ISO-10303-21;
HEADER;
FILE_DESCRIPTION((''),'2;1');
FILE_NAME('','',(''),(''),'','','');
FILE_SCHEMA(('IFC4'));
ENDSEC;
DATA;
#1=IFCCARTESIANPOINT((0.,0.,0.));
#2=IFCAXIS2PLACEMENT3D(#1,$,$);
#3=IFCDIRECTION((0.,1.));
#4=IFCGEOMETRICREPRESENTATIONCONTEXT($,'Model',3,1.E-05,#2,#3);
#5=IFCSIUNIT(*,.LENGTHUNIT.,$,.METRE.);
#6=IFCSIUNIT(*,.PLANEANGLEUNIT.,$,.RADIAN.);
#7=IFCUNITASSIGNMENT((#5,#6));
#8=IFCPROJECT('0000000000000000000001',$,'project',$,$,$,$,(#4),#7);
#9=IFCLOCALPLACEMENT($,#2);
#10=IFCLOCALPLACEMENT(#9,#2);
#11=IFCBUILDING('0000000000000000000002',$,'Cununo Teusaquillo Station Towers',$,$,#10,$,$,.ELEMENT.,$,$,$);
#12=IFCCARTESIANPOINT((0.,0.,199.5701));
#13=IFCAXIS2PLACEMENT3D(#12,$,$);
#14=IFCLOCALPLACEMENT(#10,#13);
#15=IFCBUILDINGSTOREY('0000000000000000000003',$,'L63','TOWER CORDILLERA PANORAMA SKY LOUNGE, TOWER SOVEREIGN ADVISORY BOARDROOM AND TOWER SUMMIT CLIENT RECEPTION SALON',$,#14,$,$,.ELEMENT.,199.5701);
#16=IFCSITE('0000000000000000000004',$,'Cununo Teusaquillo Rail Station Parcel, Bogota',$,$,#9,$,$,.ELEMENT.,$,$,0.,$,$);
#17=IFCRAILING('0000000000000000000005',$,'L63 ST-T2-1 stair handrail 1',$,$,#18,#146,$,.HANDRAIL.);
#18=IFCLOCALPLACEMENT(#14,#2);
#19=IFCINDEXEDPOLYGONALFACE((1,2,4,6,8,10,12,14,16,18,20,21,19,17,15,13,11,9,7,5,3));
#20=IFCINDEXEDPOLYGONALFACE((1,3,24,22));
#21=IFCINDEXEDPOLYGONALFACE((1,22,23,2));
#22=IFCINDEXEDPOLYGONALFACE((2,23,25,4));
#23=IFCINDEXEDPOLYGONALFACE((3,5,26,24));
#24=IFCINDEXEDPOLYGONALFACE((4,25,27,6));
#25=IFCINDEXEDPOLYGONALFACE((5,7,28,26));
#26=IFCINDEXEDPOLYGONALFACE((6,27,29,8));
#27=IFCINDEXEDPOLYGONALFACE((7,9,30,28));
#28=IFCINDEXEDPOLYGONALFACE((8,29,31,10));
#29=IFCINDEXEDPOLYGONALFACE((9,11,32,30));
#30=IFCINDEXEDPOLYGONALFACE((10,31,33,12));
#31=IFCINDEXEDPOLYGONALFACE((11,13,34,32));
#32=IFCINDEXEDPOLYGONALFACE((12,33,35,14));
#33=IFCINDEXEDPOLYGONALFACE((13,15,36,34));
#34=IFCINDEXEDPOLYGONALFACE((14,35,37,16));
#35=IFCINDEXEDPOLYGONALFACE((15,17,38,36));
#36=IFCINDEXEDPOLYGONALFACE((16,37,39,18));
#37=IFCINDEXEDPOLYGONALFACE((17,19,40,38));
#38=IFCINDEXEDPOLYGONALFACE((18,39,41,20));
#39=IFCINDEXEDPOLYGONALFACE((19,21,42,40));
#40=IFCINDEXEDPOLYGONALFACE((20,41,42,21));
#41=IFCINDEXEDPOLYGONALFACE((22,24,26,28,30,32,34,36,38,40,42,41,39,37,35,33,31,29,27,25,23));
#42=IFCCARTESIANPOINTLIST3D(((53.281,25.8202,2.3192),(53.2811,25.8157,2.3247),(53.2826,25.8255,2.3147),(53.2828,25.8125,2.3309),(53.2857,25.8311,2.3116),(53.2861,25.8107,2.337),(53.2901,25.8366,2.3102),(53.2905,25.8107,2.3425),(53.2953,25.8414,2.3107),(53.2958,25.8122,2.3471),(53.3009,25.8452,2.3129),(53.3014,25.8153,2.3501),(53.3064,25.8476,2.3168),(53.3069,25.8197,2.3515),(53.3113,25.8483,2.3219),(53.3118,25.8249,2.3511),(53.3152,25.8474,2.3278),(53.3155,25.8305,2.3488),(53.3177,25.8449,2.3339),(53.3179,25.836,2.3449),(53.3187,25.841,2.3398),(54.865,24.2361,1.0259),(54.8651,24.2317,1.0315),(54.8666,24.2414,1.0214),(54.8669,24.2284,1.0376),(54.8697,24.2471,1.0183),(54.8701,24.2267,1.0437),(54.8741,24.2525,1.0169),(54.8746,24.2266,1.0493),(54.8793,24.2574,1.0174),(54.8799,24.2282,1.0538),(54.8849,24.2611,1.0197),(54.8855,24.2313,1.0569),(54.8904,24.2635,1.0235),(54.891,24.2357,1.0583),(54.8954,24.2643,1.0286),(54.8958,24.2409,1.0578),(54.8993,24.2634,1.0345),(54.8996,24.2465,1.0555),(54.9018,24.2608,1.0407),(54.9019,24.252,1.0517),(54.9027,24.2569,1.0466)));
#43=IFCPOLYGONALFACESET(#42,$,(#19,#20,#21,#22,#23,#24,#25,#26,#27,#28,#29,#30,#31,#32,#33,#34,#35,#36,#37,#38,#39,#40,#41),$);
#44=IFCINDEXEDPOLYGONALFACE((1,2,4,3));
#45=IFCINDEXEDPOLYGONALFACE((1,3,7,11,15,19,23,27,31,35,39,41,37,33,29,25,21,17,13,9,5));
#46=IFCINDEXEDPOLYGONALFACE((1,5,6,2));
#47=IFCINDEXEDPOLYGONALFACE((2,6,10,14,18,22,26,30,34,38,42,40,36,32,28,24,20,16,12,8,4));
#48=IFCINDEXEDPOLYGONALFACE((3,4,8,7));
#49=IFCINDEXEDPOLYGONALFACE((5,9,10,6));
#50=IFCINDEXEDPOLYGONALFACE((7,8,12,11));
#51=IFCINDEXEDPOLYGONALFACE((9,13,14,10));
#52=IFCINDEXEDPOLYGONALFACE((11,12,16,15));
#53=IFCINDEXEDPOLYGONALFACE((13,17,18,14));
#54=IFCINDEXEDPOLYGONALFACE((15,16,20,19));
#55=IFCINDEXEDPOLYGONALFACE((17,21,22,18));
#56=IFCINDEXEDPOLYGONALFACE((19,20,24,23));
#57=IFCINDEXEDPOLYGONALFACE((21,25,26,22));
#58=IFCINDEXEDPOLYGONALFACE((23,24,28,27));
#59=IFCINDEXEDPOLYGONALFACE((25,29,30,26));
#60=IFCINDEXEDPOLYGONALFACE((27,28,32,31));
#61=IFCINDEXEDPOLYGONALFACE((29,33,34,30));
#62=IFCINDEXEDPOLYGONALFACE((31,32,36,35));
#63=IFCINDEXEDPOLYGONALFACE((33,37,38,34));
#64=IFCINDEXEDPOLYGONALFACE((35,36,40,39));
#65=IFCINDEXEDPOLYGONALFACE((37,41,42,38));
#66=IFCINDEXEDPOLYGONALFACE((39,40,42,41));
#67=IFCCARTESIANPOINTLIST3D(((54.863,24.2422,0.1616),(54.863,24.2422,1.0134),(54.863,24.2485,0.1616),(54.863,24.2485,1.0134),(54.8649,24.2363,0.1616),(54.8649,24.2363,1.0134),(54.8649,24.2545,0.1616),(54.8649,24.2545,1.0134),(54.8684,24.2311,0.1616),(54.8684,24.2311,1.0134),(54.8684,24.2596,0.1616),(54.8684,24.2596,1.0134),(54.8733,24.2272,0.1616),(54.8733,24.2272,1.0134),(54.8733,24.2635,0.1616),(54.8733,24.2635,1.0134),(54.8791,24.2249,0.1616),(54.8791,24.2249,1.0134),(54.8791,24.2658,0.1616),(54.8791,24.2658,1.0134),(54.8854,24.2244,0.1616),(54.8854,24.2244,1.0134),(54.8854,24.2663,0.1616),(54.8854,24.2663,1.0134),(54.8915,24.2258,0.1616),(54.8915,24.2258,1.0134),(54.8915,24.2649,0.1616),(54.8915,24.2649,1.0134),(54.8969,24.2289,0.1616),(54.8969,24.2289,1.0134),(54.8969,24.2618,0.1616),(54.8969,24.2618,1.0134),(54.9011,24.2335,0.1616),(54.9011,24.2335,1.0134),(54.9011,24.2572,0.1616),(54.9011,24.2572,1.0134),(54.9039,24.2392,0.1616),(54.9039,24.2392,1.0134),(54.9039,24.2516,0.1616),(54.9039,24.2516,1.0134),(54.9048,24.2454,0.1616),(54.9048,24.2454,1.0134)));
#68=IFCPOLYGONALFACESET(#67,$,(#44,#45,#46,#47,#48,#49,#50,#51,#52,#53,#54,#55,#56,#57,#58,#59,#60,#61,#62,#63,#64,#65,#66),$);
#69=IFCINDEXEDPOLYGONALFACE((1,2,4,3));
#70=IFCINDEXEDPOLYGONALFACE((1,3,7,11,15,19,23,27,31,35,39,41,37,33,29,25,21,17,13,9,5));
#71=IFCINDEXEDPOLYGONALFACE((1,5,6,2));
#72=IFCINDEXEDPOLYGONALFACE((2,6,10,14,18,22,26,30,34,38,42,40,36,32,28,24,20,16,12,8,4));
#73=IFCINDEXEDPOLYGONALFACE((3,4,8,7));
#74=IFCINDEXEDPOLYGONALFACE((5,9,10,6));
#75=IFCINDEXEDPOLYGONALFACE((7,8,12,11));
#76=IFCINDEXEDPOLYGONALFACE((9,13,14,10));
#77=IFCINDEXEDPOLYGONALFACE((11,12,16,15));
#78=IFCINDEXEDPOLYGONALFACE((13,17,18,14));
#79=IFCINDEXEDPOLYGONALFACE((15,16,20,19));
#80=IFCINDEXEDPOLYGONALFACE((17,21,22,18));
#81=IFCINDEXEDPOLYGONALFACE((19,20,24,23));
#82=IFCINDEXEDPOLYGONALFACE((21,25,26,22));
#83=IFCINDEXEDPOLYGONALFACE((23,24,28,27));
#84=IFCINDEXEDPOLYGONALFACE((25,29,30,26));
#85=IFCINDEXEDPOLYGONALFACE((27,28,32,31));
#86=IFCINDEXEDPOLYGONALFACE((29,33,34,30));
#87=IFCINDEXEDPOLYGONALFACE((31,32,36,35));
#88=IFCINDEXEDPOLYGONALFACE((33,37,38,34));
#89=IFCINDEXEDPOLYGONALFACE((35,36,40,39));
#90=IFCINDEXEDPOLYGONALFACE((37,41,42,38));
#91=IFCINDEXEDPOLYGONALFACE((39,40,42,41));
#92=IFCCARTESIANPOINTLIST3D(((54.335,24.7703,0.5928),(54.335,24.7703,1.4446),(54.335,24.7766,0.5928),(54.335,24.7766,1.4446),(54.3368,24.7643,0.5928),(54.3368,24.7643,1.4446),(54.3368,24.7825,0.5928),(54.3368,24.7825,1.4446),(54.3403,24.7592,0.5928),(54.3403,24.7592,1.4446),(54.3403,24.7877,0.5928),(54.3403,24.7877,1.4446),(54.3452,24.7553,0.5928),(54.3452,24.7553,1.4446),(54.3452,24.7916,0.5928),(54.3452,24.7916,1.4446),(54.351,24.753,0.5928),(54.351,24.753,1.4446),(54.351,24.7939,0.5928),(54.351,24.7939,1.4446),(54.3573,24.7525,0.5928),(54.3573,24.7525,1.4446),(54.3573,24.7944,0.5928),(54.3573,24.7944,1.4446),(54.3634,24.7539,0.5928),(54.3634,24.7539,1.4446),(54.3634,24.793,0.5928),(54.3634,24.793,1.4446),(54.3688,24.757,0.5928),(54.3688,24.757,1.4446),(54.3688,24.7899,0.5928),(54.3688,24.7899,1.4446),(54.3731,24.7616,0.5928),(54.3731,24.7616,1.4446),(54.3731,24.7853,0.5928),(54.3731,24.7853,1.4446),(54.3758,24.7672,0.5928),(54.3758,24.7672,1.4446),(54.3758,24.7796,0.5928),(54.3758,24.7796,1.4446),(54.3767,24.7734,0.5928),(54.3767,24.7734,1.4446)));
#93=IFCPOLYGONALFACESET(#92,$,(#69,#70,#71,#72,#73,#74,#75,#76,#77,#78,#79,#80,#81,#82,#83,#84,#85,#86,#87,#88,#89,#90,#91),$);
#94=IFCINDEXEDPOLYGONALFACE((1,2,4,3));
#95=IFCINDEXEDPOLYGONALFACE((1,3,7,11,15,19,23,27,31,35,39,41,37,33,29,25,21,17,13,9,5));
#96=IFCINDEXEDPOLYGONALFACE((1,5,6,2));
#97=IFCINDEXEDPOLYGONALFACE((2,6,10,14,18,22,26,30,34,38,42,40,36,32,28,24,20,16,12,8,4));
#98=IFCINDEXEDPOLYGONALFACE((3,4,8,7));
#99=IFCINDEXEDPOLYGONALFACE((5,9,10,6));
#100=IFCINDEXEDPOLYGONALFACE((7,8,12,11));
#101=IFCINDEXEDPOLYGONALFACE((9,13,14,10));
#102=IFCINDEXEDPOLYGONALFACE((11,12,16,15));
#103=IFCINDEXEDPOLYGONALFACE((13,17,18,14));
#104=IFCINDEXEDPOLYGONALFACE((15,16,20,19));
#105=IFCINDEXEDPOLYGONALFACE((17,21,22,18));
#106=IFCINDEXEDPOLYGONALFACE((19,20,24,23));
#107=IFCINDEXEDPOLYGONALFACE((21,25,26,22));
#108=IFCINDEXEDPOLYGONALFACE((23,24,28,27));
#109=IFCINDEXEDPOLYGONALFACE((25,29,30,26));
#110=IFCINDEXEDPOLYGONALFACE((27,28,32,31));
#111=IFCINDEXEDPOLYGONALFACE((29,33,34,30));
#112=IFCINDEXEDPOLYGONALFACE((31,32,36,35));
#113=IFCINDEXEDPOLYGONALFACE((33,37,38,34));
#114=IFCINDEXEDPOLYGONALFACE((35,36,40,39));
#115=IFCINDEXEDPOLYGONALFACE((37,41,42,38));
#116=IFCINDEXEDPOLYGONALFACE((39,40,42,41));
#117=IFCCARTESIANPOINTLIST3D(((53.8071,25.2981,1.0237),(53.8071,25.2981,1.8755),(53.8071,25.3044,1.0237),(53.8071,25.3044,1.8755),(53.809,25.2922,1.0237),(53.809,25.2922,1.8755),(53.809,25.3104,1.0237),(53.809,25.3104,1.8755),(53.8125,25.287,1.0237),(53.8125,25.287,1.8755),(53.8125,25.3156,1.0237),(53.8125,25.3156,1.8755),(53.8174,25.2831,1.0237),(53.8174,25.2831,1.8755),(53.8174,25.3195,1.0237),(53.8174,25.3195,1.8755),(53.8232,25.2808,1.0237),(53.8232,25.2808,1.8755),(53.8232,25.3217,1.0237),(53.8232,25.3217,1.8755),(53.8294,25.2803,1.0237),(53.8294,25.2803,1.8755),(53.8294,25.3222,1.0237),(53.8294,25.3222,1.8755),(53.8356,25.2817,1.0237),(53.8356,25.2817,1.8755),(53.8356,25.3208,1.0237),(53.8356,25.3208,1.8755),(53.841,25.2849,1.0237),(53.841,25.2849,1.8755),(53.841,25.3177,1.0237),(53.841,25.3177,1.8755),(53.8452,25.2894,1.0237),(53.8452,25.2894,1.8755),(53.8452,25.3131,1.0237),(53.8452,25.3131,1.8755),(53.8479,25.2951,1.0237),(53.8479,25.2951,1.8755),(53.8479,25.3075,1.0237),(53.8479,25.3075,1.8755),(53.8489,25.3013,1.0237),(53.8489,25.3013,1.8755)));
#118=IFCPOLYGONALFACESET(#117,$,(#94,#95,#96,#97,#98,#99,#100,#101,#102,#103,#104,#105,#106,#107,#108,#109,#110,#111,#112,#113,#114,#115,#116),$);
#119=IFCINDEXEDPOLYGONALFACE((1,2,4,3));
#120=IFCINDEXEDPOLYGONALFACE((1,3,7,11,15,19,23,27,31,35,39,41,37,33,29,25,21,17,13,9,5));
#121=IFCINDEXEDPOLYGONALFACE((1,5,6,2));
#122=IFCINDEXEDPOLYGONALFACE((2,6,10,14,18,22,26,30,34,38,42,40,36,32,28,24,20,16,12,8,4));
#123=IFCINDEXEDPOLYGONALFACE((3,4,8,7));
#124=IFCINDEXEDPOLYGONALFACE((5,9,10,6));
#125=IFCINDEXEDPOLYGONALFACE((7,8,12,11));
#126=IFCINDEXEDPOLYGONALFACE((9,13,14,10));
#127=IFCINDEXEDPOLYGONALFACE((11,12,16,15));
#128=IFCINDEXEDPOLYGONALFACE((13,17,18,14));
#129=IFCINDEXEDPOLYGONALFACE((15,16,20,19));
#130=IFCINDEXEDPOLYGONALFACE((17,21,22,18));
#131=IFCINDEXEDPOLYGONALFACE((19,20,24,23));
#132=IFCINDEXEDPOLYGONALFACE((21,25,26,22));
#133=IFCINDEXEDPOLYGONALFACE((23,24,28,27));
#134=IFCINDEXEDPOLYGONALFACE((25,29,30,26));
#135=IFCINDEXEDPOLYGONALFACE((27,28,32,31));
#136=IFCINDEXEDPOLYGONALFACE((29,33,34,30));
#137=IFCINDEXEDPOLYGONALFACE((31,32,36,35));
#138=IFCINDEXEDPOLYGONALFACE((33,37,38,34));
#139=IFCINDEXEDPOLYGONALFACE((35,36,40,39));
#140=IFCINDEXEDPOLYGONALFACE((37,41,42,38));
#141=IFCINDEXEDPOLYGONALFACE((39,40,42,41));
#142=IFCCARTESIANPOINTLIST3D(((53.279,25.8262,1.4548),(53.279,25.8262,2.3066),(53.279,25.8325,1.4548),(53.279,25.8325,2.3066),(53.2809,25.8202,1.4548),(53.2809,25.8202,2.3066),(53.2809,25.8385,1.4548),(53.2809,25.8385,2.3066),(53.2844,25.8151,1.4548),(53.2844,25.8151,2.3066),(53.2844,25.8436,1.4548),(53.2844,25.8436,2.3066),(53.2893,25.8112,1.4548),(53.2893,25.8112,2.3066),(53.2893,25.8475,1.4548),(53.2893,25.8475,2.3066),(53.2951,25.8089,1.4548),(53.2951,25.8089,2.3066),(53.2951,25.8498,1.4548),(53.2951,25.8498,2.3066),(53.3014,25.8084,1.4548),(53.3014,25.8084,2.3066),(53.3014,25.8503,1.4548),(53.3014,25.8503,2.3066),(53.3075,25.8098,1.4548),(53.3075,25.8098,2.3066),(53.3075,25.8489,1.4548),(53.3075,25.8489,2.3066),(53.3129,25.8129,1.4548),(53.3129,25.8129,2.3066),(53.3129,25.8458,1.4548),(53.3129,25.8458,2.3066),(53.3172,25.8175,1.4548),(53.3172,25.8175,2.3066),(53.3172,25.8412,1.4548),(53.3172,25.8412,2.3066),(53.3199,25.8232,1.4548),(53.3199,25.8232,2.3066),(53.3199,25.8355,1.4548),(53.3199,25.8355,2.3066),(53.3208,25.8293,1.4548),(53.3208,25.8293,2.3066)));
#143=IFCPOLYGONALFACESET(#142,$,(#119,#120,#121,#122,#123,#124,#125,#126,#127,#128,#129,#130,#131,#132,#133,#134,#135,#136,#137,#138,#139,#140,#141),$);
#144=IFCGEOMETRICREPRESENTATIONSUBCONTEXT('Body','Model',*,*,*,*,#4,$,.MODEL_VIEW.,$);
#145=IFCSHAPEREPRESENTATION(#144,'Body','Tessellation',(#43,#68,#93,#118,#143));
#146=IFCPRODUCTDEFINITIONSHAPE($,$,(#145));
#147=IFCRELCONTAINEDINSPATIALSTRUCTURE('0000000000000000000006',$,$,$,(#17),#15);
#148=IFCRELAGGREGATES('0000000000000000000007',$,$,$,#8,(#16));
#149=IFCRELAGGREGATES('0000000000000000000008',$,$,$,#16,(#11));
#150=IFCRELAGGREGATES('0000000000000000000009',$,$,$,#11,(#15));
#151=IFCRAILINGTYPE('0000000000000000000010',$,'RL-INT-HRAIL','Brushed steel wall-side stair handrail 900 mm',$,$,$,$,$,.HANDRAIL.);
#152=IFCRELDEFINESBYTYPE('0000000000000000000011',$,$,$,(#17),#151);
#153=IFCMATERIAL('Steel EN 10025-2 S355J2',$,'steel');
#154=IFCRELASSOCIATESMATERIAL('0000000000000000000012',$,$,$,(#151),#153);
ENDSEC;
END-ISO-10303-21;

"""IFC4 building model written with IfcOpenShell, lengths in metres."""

from ifc_helpers import new_model, si_unit, direction, frame, origin, origin_2d, place, context, subcontext, project, spatial, circle, extrude, material, type_object, element, save


model = new_model("IFC4")

# Units and contexts
model_context = context("Model", 3, precision=1e-05, world=origin(), true_north=direction((0.0, 1.0)))
body_context = subcontext(model_context, "Body", "Model", "MODEL_VIEW")
ifc_project = project(units=[si_unit("LENGTHUNIT", "METRE"), si_unit("PLANEANGLEUNIT", "RADIAN")], contexts=[model_context])

# Site, building, storey
site_placement = place(None, origin())
site = spatial("IfcSite", under=ifc_project, at=site_placement, Name="Cununo Teusaquillo Rail Station Parcel, Bogota", CompositionType="ELEMENT", RefElevation=0.0)
building_placement = place(site_placement, origin())
building = spatial("IfcBuilding", under=site, at=building_placement, Name="Cununo Teusaquillo Station Towers", CompositionType="ELEMENT")
storey_placement = place(building_placement, frame((0.0, 0.0, 199.5701)))
storey = spatial("IfcBuildingStorey", under=building, at=storey_placement, Name="L63", Description="TOWER CORDILLERA PANORAMA SKY LOUNGE, TOWER SOVEREIGN ADVISORY BOARDROOM AND TOWER SUMMIT CLIENT RECEPTION SALON", CompositionType="ELEMENT", Elevation=199.5701)

# Railing
ifc_material_1 = material(Name="Steel EN 10025-2 S355J2", Category="steel")
railing_type_1 = type_object("IfcRailingType", Name="RL-INT-HRAIL", Description="Brushed steel wall-side stair handrail 900 mm", PredefinedType="HANDRAIL", material=ifc_material_1)
railing_1_placement = place(storey_placement, frame((54.8838, 24.2454, 0.1616)))
element("IfcRailing", 1, at=railing_1_placement, inside=storey, type_object=railing_type_1, Name="L63 ST-T2-1 stair handrail 1", PredefinedType="HANDRAIL", context=body_context, shape_type="SweptSolid", body=[
    extrude(circle(Radius=0.0239, at=origin_2d()), frame((0.0, 0.0, 0.876), z_axis=(-0.612385, 0.612385, 0.49997), x_axis=(-0.707107, -0.707107, 0.0)), (0.0, 0.0, 1.0), 2.5867),
    extrude(circle(Radius=0.021, at=origin_2d()), origin(), (0.0, 0.0, 1.0), 0.8518),
    extrude(circle(Radius=0.021, at=origin_2d()), frame((-0.5281, 0.5281, 0.4312)), (0.0, 0.0, 1.0), 0.8518),
    extrude(circle(Radius=0.021, at=origin_2d()), frame((-1.0559, 1.0559, 0.8621)), (0.0, 0.0, 1.0), 0.8518),
    extrude(circle(Radius=0.021, at=origin_2d()), frame((-1.584, 1.584, 1.2932)), (0.0, 0.0, 1.0), 0.8518),
])

save(model, "model.ifc")
